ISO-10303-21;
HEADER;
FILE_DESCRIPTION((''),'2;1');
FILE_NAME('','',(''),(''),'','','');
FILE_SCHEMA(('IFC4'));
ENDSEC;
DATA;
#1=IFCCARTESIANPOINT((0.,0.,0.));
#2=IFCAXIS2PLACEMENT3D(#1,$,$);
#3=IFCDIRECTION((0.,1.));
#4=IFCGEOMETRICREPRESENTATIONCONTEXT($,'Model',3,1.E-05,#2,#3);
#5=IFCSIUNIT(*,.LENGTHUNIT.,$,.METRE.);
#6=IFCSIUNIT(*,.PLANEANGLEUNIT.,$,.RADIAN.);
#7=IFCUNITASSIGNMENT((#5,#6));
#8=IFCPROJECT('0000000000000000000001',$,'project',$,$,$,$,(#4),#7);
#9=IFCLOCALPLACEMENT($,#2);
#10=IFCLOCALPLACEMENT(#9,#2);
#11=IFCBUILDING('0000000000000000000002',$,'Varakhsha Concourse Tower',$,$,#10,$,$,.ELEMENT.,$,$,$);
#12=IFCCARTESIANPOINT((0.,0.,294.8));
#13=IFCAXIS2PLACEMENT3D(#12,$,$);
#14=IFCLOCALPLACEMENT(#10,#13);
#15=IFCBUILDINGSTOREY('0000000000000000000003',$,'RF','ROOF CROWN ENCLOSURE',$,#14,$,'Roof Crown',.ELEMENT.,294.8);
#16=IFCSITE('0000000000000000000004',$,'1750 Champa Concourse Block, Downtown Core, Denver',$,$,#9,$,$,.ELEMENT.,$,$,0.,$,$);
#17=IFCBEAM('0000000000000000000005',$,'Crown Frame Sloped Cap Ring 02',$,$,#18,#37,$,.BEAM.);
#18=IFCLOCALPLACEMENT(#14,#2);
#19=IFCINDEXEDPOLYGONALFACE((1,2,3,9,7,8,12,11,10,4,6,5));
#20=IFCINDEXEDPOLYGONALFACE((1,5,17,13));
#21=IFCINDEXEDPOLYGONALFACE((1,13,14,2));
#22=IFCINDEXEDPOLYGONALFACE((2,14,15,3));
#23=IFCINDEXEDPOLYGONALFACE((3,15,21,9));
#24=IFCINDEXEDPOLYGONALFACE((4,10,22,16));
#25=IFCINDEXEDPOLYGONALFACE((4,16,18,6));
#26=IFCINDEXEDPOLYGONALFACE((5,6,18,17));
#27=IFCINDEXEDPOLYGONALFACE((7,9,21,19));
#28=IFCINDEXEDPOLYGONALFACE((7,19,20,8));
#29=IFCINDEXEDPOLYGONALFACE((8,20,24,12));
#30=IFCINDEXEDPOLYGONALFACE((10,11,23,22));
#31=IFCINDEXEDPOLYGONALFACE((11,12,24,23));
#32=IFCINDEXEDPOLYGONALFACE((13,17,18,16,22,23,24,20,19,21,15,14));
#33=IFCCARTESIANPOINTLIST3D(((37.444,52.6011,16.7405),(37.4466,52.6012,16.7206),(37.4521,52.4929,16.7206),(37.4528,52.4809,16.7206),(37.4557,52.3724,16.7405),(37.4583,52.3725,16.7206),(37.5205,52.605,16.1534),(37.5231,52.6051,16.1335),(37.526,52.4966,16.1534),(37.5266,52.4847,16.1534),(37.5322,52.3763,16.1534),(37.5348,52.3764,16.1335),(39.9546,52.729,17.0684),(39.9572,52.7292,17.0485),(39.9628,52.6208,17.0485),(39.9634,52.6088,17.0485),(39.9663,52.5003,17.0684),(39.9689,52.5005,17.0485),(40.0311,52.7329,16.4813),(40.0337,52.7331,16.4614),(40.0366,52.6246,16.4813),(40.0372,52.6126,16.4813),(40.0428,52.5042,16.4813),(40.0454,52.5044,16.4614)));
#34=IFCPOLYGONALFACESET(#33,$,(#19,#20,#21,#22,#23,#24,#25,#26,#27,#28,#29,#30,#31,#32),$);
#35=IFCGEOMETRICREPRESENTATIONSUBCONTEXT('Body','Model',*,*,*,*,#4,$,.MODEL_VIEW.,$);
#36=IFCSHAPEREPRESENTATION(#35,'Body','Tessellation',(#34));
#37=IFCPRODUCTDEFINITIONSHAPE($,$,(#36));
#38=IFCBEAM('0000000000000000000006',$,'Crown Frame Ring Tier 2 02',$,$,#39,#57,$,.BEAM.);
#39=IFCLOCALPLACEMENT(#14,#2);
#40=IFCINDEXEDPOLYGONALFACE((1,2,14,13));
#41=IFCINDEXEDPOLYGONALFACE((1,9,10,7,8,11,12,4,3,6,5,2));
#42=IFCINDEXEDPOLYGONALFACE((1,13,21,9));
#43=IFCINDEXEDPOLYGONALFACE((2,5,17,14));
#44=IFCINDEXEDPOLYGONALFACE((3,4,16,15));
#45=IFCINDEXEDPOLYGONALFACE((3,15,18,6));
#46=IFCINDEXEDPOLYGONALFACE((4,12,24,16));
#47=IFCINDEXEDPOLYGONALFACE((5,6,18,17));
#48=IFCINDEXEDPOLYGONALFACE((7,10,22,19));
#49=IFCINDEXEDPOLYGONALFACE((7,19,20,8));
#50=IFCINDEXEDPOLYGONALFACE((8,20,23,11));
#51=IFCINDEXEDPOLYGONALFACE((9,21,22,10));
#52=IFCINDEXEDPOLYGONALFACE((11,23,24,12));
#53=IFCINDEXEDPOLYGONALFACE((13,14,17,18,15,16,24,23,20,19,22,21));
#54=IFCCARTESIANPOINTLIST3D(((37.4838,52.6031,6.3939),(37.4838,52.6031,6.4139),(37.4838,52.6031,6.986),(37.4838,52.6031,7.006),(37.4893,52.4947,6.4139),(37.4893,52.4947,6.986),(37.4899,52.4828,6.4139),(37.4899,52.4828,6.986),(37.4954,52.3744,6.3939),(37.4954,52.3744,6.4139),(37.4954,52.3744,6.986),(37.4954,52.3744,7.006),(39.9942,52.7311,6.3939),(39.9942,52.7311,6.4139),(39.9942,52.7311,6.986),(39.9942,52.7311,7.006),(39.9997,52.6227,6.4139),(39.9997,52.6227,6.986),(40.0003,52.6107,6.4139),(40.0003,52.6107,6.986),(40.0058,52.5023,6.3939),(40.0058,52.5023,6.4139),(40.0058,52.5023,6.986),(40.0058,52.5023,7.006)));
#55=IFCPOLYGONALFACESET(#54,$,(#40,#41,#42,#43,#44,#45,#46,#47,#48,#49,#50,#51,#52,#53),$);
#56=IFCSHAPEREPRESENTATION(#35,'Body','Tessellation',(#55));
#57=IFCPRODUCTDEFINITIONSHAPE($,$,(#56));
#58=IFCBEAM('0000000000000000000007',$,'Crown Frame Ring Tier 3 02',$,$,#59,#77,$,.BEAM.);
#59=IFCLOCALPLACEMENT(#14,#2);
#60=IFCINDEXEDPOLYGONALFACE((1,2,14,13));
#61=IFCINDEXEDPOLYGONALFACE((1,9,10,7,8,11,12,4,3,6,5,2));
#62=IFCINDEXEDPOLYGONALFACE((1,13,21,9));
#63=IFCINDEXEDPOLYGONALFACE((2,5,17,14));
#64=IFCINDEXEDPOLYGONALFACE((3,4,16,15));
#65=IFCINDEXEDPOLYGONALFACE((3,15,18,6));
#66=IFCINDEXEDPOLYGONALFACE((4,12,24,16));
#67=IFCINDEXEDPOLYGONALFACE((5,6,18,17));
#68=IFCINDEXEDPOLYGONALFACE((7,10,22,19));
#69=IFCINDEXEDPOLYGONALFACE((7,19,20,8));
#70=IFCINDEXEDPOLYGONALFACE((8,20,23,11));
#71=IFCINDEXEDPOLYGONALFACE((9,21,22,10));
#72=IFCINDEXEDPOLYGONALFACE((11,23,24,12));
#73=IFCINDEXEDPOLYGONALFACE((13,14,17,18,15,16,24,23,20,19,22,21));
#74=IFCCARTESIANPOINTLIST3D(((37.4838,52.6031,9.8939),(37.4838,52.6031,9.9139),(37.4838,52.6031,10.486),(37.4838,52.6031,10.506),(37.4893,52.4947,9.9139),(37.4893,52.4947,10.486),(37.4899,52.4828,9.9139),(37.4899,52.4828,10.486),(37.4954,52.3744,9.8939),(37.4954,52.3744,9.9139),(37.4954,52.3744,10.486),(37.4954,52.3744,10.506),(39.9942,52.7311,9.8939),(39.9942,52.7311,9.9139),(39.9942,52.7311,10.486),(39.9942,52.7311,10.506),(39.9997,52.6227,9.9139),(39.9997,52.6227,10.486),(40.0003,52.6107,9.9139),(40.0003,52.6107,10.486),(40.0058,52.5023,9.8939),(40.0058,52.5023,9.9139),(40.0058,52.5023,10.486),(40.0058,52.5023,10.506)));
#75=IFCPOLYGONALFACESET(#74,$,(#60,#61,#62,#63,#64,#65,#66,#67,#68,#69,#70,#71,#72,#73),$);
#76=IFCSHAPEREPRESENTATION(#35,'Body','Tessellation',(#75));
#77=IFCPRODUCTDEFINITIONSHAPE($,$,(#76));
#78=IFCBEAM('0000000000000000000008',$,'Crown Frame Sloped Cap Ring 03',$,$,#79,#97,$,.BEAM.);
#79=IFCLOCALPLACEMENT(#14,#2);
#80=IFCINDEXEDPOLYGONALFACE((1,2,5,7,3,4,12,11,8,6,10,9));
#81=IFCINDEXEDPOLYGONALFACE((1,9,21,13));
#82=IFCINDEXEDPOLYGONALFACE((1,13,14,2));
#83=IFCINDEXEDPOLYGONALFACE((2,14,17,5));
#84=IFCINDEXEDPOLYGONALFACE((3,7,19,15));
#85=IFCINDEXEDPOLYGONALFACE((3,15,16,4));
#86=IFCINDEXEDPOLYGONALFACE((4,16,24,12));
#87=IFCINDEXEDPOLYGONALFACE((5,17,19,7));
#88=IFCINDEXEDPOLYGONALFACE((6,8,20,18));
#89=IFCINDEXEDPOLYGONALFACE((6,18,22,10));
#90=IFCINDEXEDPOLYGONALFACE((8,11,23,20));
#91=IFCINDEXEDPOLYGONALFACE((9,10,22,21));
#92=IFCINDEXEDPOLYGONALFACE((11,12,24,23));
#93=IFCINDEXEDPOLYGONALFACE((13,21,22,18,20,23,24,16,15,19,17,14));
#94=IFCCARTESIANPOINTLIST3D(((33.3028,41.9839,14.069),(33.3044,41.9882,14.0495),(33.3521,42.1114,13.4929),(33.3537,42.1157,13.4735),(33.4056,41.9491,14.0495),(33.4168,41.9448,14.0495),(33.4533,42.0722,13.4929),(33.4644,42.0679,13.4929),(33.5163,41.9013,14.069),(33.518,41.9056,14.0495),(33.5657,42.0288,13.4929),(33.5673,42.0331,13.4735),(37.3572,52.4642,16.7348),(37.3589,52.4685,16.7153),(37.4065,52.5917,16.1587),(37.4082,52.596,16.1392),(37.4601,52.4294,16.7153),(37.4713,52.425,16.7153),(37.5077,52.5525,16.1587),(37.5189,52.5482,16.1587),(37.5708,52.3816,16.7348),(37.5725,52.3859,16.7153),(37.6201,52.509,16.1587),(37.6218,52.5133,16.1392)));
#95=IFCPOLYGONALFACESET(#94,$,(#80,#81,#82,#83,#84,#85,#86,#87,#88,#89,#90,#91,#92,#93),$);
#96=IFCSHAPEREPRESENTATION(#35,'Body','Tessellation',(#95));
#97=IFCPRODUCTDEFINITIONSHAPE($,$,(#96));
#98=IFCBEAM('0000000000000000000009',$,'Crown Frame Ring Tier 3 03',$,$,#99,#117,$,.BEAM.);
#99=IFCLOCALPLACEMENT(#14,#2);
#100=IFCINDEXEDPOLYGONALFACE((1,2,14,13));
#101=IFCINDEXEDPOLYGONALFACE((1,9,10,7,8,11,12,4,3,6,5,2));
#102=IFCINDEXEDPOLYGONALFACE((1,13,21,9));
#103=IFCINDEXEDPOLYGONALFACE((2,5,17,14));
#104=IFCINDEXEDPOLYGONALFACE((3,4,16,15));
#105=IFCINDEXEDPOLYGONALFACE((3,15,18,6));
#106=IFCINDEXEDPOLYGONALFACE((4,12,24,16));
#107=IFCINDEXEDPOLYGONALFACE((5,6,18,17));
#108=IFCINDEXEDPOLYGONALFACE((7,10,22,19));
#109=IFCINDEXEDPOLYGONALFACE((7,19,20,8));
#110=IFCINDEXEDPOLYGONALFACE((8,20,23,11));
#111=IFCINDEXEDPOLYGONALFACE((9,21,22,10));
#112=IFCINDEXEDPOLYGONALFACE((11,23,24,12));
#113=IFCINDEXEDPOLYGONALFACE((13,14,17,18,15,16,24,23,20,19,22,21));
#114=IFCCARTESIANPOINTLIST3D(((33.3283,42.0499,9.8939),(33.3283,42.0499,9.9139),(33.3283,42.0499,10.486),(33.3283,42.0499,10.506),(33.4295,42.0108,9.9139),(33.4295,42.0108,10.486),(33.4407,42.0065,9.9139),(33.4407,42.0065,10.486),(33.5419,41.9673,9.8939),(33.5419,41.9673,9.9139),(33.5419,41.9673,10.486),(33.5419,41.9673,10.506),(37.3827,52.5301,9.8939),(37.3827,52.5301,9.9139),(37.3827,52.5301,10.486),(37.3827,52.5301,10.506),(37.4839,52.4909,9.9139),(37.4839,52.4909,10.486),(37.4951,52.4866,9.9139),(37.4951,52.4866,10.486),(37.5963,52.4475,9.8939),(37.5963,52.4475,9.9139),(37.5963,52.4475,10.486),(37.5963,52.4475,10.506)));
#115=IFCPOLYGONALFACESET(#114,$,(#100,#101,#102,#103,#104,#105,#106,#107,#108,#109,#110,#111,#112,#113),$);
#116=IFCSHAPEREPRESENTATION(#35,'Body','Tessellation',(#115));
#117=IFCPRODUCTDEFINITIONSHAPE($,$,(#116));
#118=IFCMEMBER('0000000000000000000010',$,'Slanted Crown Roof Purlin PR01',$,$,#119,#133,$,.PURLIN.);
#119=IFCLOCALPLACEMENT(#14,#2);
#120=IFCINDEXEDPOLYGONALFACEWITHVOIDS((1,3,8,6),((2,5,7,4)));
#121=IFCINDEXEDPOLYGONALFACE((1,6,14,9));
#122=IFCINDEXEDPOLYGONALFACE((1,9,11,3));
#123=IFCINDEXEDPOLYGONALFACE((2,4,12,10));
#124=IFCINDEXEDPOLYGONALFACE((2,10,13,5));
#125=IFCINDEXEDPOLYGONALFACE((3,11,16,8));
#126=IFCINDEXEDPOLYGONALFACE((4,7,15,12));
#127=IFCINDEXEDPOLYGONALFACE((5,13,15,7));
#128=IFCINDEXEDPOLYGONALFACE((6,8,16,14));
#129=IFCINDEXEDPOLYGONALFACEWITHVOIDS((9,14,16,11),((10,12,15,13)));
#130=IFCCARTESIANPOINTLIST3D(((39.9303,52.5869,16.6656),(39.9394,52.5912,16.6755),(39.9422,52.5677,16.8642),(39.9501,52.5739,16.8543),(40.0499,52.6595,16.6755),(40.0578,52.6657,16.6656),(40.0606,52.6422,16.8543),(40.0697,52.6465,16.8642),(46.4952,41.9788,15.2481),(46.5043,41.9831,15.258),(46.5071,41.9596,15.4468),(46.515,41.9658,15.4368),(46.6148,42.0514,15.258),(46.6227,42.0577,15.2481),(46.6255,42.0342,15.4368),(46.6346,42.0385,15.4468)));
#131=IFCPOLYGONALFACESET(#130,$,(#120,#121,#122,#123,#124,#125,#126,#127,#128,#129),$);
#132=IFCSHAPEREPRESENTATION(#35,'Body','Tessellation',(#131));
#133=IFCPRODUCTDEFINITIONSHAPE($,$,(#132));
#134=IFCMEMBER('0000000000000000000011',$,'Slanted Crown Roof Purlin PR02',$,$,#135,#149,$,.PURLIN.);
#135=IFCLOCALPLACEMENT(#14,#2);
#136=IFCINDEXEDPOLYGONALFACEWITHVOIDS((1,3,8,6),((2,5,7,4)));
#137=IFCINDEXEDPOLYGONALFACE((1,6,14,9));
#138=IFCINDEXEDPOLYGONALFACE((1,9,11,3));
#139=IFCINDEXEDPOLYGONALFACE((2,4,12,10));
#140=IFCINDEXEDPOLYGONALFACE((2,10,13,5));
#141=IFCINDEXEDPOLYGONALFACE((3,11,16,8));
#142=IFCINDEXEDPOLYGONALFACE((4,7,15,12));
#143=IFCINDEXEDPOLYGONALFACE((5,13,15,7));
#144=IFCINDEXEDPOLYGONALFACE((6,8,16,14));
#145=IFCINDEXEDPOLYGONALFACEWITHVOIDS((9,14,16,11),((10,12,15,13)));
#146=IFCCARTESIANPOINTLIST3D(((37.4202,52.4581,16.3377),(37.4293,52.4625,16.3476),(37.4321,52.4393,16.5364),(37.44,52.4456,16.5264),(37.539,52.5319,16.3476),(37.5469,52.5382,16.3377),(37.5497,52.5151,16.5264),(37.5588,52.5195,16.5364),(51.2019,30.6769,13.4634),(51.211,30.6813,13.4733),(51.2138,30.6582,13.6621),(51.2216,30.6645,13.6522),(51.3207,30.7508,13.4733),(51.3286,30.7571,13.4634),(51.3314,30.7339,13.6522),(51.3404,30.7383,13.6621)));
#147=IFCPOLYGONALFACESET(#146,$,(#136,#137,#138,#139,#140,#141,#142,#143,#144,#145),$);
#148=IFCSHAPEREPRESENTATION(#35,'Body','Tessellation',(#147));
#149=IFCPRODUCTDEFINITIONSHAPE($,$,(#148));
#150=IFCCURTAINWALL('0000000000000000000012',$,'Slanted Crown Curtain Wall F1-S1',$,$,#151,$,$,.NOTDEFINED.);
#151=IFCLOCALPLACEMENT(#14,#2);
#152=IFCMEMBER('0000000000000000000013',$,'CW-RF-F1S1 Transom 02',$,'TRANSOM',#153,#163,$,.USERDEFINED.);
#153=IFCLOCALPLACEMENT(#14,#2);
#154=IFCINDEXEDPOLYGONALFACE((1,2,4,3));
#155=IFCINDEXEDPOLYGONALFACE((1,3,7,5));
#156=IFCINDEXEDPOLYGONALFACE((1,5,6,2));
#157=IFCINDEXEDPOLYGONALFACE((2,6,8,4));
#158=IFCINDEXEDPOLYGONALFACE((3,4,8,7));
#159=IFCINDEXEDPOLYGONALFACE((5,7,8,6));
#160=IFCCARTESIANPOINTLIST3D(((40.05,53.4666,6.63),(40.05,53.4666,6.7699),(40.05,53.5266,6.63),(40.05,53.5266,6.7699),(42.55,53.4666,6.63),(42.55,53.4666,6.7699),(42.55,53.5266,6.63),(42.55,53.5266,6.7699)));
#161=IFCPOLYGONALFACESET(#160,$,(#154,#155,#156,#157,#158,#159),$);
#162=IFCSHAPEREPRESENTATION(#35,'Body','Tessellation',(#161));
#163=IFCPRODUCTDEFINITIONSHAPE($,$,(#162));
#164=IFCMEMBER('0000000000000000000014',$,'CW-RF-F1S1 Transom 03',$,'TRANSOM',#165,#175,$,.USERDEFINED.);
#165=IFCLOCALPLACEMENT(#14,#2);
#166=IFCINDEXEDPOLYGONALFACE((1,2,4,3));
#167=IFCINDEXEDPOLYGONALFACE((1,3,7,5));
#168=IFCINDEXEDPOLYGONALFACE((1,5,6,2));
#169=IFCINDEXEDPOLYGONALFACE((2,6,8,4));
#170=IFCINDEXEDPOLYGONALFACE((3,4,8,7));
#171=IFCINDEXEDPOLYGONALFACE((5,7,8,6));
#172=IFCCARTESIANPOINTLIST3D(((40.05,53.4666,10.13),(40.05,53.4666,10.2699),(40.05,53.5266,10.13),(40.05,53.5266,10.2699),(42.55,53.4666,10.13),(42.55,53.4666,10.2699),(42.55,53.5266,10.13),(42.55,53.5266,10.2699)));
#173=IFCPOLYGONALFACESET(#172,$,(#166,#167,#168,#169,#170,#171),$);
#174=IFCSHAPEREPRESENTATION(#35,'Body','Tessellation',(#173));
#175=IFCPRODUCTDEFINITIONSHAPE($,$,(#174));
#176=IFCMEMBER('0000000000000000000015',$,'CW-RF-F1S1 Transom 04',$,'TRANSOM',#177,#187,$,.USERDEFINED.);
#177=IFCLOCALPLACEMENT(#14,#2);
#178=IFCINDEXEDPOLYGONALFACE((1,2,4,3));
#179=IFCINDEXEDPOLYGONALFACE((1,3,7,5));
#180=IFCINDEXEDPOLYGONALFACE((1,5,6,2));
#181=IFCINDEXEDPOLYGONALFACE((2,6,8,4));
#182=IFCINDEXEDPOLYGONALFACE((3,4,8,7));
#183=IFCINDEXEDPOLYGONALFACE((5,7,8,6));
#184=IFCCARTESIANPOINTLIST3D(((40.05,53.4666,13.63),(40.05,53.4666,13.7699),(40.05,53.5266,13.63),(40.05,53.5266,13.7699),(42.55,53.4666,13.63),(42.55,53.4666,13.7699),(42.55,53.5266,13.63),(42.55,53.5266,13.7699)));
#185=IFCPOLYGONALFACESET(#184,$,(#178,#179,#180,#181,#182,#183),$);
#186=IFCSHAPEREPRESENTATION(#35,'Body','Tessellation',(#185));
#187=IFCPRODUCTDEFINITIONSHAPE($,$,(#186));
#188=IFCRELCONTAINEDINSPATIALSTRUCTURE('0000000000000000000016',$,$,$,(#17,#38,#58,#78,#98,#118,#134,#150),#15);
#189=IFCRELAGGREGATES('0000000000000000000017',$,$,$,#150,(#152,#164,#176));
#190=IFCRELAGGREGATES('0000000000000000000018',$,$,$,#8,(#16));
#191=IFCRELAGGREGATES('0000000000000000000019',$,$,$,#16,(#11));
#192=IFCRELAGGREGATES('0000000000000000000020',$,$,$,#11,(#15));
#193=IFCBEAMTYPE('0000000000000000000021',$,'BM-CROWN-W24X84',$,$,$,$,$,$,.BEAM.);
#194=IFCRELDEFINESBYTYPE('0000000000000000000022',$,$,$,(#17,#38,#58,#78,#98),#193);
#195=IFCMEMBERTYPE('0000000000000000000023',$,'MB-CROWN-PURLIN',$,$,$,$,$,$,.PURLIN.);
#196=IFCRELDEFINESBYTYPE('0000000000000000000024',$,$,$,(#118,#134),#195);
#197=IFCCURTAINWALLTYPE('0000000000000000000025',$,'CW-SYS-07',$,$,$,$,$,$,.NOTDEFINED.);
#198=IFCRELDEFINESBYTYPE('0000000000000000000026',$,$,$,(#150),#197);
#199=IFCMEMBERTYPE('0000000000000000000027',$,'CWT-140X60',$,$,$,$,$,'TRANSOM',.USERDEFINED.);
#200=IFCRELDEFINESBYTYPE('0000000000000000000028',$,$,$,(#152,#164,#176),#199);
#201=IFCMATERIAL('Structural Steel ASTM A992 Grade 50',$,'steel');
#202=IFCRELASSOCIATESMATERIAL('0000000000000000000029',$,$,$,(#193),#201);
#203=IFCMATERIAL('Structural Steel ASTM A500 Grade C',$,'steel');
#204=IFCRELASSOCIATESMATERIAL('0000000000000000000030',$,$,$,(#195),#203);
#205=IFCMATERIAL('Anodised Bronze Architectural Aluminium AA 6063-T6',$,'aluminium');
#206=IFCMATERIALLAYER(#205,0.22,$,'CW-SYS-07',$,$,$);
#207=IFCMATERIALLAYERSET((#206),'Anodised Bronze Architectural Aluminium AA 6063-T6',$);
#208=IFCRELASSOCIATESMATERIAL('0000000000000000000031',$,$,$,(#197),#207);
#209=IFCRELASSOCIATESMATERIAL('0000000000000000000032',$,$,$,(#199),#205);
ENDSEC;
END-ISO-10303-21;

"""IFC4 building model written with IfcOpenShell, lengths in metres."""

from ifc_helpers import new_model, si_unit, direction, frame, origin, origin_2d, place, context, subcontext, project, spatial, rectangle, hollow_rectangle, i_section, extrude, source, transform, mapped, material, layer, layer_set, material_profile, profile_set, type_object, type_shapes, element, aggregate, save


model = new_model("IFC4")

# Units and contexts
model_context = context("Model", 3, precision=1e-05, world=origin(), true_north=direction((0.0, 1.0)))
body_context = subcontext(model_context, "Body", "Model", "MODEL_VIEW")
ifc_project = project(units=[si_unit("LENGTHUNIT", "METRE"), si_unit("PLANEANGLEUNIT", "RADIAN")], contexts=[model_context])

# Site, building, storey
site_placement = place(None, origin())
site = spatial("IfcSite", under=ifc_project, at=site_placement, Name="1750 Champa Concourse Block, Downtown Core, Denver", CompositionType="ELEMENT", RefElevation=0.0)
building_placement = place(site_placement, origin())
building = spatial("IfcBuilding", under=site, at=building_placement, Name="Varakhsha Concourse Tower", CompositionType="ELEMENT")
storey_placement = place(building_placement, frame((0.0, 0.0, 294.8)))
storey = spatial("IfcBuildingStorey", under=building, at=storey_placement, Name="RF", Description="ROOF CROWN ENCLOSURE", LongName="Roof Crown", CompositionType="ELEMENT", Elevation=294.8)

# Beams
ifc_material_1 = material(Name="Structural Steel ASTM A992 Grade 50", Category="steel")
ifc_material_profile_1 = material_profile(ifc_material_1, i_section(OverallWidth=0.229, OverallDepth=0.6121, WebThickness=0.012, FlangeThickness=0.02, at=origin_2d()), Name="W24X84")
ifc_profile_set_1 = profile_set([ifc_material_profile_1], Name="Structural Steel ASTM A992 Grade 50")
beam_type = type_object("IfcBeamType", Name="BM-CROWN-W24X84", PredefinedType="BEAM", material=ifc_profile_set_1)
beam_1_placement = place(storey_placement, frame((40.0, 52.6167, 16.7649), z_axis=(-0.990315, -0.050464, -0.129339), x_axis=(0.050892, -0.998704, 0.0)))
element("IfcBeam", 1, at=beam_1_placement, inside=storey, type_object=beam_type, Name="Crown Frame Sloped Cap Ring 02", PredefinedType="BEAM", context=body_context, shape_type="SweptSolid", body=[
    extrude(i_section(OverallWidth=0.229, OverallDepth=0.6121, WebThickness=0.012, FlangeThickness=0.02, at=origin_2d()), origin(), (0.0, 0.0, 1.0), 2.5352),
])
for number, where, z_axis, x_axis, name in (
    (2, (40.0, 52.6167, 6.7), (-0.998704, -0.050892, 0.0), (0.050892, -0.998704, 0.0), "Crown Frame Ring Tier 2 02"),
    (3, (40.0, 52.6167, 10.2), (-0.998704, -0.050892, 0.0), (0.050892, -0.998704, 0.0), "Crown Frame Ring Tier 3 02"),
):
    element("IfcBeam", number, at=place(storey_placement, frame(where, z_axis=z_axis, x_axis=x_axis)), inside=storey, type_object=beam_type, Name=name, PredefinedType="BEAM", context=body_context, shape_type="SweptSolid", body=[
        extrude(i_section(OverallWidth=0.229, OverallDepth=0.6121, WebThickness=0.012, FlangeThickness=0.02, at=origin_2d()), origin(), (0.0, 0.0, 1.0), 2.5137),
    ])
beam_2_placement = place(storey_placement, frame((37.4895, 52.4888, 16.437), z_axis=(-0.351064, -0.907455, -0.230822), x_axis=(0.932641, -0.360807, 0.0)))
element("IfcBeam", 4, at=beam_2_placement, inside=storey, type_object=beam_type, Name="Crown Frame Sloped Cap Ring 03", PredefinedType="BEAM", context=body_context, shape_type="SweptSolid", body=[
    extrude(i_section(OverallWidth=0.229, OverallDepth=0.6121, WebThickness=0.012, FlangeThickness=0.02, at=origin_2d()), origin(), (0.0, 0.0, 1.0), 11.5491),
])
beam_3_placement = place(storey_placement, frame((37.4895, 52.4888, 10.2), z_axis=(-0.360807, -0.932641, 0.0), x_axis=(0.932641, -0.360807, 0.0)))
element("IfcBeam", 5, at=beam_3_placement, inside=storey, type_object=beam_type, Name="Crown Frame Ring Tier 3 03", PredefinedType="BEAM", context=body_context, shape_type="SweptSolid", body=[
    extrude(i_section(OverallWidth=0.229, OverallDepth=0.6121, WebThickness=0.012, FlangeThickness=0.02, at=origin_2d()), origin(), (0.0, 0.0, 1.0), 11.2371),
])

# Members
ifc_material_2 = material(Name="Structural Steel ASTM A500 Grade C", Category="steel")
ifc_material_profile_2 = material_profile(ifc_material_2, hollow_rectangle(XDim=0.1499, YDim=0.2, WallThickness=0.01, at=origin_2d()), Name="HSS 200x150x10")
ifc_profile_set_2 = profile_set([ifc_material_profile_2], Name="Structural Steel ASTM A500 Grade C")
member_type_1 = type_object("IfcMemberType", Name="MB-CROWN-PURLIN", PredefinedType="PURLIN", material=ifc_profile_set_2)
shared_shape_1 = source(origin(), body_context, "Body", "SweptSolid", [
    extrude(hollow_rectangle(XDim=0.1499, YDim=0.2, WallThickness=0.01, at=origin_2d()), origin(), (0.0, 0.0, 1.0), 12.5554),
])
member_1_placement = place(storey_placement, frame((40.0, 52.6167, 16.7649), z_axis=(0.522874, -0.844901, -0.112897), x_axis=(0.850337, 0.526238, 0.0)))
element("IfcMember", 6, at=member_1_placement, inside=storey, type_object=member_type_1, Name="Slanted Crown Roof Purlin PR01", PredefinedType="PURLIN", context=body_context, shape_type="MappedRepresentation", body=[
    mapped(shared_shape_1, transform((0.0, 0.0, 0.0), scale=1.0)),
])
shared_shape_2 = source(origin(), body_context, "Body", "SweptSolid", [
    extrude(hollow_rectangle(XDim=0.1499, YDim=0.2, WallThickness=0.01, at=origin_2d()), origin(), (0.0, 0.0, 1.0), 25.9348),
])
type_shapes(member_type_1, [shared_shape_1, shared_shape_2])
member_2_placement = place(storey_placement, frame((37.4895, 52.4888, 16.437), z_axis=(0.531397, -0.839842, -0.110826), x_axis=(0.845048, 0.534691, 0.0)))
element("IfcMember", 7, at=member_2_placement, inside=storey, type_object=member_type_1, Name="Slanted Crown Roof Purlin PR02", PredefinedType="PURLIN", context=body_context, shape_type="MappedRepresentation", body=[
    mapped(shared_shape_2, transform((0.0, 0.0, 0.0), scale=1.0)),
])

# Curtain wall, members
ifc_material_3 = material(Name="Anodised Bronze Architectural Aluminium AA 6063-T6", Category="aluminium")
ifc_layer_1 = layer(ifc_material_3, 0.22, Name="CW-SYS-07")
ifc_layer_set_1 = layer_set([ifc_layer_1], Name="Anodised Bronze Architectural Aluminium AA 6063-T6")
curtain_wall_type = type_object("IfcCurtainWallType", Name="CW-SYS-07", PredefinedType="NOTDEFINED", material=ifc_layer_set_1)
curtain_wall_1_placement = place(storey_placement, origin())
curtain_wall_1 = element("IfcCurtainWall", 8, at=curtain_wall_1_placement, inside=storey, type_object=curtain_wall_type, Name="Slanted Crown Curtain Wall F1-S1", PredefinedType="NOTDEFINED")
ifc_material_profile_3 = material_profile(ifc_material_3, rectangle(XDim=0.0601, YDim=0.1399, at=origin_2d()), Name="CWT-140X60")
ifc_profile_set_3 = profile_set([ifc_material_profile_3], Name="Anodised Bronze Architectural Aluminium AA 6063-T6")
member_type_2 = type_object("IfcMemberType", Name="CWT-140X60", ElementType="TRANSOM", PredefinedType="USERDEFINED", material=ifc_profile_set_3)
shared_shape_3 = source(origin(), body_context, "Body", "SweptSolid", [
    extrude(rectangle(XDim=0.0601, YDim=0.1399, at=origin_2d()), origin(), (0.0, 0.0, 1.0), 2.5),
])
member_3_placement = place(storey_placement, frame((40.05, 53.4966, 6.7), z_axis=(1.0, 0.0, 0.0), x_axis=(0.0, 1.0, 0.0)))
member_3 = element("IfcMember", 9, at=member_3_placement, type_object=member_type_2, Name="CW-RF-F1S1 Transom 02", ObjectType="TRANSOM", PredefinedType="USERDEFINED", context=body_context, shape_type="MappedRepresentation", body=[
    mapped(shared_shape_3, transform((0.0, 0.0, 0.0), scale=1.0)),
])
member_4_placement = place(storey_placement, frame((40.05, 53.4966, 10.2), z_axis=(1.0, 0.0, 0.0), x_axis=(0.0, 1.0, 0.0)))
member_4 = element("IfcMember", 10, at=member_4_placement, type_object=member_type_2, Name="CW-RF-F1S1 Transom 03", ObjectType="TRANSOM", PredefinedType="USERDEFINED", context=body_context, shape_type="MappedRepresentation", body=[
    mapped(shared_shape_3, transform((0.0, 0.0, 0.0), scale=1.0)),
])
member_5_placement = place(storey_placement, frame((40.05, 53.4966, 13.7), z_axis=(1.0, 0.0, 0.0), x_axis=(0.0, 1.0, 0.0)))
member_5 = element("IfcMember", 11, at=member_5_placement, type_object=member_type_2, Name="CW-RF-F1S1 Transom 04", ObjectType="TRANSOM", PredefinedType="USERDEFINED", context=body_context, shape_type="MappedRepresentation", body=[
    mapped(shared_shape_3, transform((0.0, 0.0, 0.0), scale=1.0)),
])

aggregate(curtain_wall_1, [member_3, member_4, member_5])

save(model, "model.ifc")
